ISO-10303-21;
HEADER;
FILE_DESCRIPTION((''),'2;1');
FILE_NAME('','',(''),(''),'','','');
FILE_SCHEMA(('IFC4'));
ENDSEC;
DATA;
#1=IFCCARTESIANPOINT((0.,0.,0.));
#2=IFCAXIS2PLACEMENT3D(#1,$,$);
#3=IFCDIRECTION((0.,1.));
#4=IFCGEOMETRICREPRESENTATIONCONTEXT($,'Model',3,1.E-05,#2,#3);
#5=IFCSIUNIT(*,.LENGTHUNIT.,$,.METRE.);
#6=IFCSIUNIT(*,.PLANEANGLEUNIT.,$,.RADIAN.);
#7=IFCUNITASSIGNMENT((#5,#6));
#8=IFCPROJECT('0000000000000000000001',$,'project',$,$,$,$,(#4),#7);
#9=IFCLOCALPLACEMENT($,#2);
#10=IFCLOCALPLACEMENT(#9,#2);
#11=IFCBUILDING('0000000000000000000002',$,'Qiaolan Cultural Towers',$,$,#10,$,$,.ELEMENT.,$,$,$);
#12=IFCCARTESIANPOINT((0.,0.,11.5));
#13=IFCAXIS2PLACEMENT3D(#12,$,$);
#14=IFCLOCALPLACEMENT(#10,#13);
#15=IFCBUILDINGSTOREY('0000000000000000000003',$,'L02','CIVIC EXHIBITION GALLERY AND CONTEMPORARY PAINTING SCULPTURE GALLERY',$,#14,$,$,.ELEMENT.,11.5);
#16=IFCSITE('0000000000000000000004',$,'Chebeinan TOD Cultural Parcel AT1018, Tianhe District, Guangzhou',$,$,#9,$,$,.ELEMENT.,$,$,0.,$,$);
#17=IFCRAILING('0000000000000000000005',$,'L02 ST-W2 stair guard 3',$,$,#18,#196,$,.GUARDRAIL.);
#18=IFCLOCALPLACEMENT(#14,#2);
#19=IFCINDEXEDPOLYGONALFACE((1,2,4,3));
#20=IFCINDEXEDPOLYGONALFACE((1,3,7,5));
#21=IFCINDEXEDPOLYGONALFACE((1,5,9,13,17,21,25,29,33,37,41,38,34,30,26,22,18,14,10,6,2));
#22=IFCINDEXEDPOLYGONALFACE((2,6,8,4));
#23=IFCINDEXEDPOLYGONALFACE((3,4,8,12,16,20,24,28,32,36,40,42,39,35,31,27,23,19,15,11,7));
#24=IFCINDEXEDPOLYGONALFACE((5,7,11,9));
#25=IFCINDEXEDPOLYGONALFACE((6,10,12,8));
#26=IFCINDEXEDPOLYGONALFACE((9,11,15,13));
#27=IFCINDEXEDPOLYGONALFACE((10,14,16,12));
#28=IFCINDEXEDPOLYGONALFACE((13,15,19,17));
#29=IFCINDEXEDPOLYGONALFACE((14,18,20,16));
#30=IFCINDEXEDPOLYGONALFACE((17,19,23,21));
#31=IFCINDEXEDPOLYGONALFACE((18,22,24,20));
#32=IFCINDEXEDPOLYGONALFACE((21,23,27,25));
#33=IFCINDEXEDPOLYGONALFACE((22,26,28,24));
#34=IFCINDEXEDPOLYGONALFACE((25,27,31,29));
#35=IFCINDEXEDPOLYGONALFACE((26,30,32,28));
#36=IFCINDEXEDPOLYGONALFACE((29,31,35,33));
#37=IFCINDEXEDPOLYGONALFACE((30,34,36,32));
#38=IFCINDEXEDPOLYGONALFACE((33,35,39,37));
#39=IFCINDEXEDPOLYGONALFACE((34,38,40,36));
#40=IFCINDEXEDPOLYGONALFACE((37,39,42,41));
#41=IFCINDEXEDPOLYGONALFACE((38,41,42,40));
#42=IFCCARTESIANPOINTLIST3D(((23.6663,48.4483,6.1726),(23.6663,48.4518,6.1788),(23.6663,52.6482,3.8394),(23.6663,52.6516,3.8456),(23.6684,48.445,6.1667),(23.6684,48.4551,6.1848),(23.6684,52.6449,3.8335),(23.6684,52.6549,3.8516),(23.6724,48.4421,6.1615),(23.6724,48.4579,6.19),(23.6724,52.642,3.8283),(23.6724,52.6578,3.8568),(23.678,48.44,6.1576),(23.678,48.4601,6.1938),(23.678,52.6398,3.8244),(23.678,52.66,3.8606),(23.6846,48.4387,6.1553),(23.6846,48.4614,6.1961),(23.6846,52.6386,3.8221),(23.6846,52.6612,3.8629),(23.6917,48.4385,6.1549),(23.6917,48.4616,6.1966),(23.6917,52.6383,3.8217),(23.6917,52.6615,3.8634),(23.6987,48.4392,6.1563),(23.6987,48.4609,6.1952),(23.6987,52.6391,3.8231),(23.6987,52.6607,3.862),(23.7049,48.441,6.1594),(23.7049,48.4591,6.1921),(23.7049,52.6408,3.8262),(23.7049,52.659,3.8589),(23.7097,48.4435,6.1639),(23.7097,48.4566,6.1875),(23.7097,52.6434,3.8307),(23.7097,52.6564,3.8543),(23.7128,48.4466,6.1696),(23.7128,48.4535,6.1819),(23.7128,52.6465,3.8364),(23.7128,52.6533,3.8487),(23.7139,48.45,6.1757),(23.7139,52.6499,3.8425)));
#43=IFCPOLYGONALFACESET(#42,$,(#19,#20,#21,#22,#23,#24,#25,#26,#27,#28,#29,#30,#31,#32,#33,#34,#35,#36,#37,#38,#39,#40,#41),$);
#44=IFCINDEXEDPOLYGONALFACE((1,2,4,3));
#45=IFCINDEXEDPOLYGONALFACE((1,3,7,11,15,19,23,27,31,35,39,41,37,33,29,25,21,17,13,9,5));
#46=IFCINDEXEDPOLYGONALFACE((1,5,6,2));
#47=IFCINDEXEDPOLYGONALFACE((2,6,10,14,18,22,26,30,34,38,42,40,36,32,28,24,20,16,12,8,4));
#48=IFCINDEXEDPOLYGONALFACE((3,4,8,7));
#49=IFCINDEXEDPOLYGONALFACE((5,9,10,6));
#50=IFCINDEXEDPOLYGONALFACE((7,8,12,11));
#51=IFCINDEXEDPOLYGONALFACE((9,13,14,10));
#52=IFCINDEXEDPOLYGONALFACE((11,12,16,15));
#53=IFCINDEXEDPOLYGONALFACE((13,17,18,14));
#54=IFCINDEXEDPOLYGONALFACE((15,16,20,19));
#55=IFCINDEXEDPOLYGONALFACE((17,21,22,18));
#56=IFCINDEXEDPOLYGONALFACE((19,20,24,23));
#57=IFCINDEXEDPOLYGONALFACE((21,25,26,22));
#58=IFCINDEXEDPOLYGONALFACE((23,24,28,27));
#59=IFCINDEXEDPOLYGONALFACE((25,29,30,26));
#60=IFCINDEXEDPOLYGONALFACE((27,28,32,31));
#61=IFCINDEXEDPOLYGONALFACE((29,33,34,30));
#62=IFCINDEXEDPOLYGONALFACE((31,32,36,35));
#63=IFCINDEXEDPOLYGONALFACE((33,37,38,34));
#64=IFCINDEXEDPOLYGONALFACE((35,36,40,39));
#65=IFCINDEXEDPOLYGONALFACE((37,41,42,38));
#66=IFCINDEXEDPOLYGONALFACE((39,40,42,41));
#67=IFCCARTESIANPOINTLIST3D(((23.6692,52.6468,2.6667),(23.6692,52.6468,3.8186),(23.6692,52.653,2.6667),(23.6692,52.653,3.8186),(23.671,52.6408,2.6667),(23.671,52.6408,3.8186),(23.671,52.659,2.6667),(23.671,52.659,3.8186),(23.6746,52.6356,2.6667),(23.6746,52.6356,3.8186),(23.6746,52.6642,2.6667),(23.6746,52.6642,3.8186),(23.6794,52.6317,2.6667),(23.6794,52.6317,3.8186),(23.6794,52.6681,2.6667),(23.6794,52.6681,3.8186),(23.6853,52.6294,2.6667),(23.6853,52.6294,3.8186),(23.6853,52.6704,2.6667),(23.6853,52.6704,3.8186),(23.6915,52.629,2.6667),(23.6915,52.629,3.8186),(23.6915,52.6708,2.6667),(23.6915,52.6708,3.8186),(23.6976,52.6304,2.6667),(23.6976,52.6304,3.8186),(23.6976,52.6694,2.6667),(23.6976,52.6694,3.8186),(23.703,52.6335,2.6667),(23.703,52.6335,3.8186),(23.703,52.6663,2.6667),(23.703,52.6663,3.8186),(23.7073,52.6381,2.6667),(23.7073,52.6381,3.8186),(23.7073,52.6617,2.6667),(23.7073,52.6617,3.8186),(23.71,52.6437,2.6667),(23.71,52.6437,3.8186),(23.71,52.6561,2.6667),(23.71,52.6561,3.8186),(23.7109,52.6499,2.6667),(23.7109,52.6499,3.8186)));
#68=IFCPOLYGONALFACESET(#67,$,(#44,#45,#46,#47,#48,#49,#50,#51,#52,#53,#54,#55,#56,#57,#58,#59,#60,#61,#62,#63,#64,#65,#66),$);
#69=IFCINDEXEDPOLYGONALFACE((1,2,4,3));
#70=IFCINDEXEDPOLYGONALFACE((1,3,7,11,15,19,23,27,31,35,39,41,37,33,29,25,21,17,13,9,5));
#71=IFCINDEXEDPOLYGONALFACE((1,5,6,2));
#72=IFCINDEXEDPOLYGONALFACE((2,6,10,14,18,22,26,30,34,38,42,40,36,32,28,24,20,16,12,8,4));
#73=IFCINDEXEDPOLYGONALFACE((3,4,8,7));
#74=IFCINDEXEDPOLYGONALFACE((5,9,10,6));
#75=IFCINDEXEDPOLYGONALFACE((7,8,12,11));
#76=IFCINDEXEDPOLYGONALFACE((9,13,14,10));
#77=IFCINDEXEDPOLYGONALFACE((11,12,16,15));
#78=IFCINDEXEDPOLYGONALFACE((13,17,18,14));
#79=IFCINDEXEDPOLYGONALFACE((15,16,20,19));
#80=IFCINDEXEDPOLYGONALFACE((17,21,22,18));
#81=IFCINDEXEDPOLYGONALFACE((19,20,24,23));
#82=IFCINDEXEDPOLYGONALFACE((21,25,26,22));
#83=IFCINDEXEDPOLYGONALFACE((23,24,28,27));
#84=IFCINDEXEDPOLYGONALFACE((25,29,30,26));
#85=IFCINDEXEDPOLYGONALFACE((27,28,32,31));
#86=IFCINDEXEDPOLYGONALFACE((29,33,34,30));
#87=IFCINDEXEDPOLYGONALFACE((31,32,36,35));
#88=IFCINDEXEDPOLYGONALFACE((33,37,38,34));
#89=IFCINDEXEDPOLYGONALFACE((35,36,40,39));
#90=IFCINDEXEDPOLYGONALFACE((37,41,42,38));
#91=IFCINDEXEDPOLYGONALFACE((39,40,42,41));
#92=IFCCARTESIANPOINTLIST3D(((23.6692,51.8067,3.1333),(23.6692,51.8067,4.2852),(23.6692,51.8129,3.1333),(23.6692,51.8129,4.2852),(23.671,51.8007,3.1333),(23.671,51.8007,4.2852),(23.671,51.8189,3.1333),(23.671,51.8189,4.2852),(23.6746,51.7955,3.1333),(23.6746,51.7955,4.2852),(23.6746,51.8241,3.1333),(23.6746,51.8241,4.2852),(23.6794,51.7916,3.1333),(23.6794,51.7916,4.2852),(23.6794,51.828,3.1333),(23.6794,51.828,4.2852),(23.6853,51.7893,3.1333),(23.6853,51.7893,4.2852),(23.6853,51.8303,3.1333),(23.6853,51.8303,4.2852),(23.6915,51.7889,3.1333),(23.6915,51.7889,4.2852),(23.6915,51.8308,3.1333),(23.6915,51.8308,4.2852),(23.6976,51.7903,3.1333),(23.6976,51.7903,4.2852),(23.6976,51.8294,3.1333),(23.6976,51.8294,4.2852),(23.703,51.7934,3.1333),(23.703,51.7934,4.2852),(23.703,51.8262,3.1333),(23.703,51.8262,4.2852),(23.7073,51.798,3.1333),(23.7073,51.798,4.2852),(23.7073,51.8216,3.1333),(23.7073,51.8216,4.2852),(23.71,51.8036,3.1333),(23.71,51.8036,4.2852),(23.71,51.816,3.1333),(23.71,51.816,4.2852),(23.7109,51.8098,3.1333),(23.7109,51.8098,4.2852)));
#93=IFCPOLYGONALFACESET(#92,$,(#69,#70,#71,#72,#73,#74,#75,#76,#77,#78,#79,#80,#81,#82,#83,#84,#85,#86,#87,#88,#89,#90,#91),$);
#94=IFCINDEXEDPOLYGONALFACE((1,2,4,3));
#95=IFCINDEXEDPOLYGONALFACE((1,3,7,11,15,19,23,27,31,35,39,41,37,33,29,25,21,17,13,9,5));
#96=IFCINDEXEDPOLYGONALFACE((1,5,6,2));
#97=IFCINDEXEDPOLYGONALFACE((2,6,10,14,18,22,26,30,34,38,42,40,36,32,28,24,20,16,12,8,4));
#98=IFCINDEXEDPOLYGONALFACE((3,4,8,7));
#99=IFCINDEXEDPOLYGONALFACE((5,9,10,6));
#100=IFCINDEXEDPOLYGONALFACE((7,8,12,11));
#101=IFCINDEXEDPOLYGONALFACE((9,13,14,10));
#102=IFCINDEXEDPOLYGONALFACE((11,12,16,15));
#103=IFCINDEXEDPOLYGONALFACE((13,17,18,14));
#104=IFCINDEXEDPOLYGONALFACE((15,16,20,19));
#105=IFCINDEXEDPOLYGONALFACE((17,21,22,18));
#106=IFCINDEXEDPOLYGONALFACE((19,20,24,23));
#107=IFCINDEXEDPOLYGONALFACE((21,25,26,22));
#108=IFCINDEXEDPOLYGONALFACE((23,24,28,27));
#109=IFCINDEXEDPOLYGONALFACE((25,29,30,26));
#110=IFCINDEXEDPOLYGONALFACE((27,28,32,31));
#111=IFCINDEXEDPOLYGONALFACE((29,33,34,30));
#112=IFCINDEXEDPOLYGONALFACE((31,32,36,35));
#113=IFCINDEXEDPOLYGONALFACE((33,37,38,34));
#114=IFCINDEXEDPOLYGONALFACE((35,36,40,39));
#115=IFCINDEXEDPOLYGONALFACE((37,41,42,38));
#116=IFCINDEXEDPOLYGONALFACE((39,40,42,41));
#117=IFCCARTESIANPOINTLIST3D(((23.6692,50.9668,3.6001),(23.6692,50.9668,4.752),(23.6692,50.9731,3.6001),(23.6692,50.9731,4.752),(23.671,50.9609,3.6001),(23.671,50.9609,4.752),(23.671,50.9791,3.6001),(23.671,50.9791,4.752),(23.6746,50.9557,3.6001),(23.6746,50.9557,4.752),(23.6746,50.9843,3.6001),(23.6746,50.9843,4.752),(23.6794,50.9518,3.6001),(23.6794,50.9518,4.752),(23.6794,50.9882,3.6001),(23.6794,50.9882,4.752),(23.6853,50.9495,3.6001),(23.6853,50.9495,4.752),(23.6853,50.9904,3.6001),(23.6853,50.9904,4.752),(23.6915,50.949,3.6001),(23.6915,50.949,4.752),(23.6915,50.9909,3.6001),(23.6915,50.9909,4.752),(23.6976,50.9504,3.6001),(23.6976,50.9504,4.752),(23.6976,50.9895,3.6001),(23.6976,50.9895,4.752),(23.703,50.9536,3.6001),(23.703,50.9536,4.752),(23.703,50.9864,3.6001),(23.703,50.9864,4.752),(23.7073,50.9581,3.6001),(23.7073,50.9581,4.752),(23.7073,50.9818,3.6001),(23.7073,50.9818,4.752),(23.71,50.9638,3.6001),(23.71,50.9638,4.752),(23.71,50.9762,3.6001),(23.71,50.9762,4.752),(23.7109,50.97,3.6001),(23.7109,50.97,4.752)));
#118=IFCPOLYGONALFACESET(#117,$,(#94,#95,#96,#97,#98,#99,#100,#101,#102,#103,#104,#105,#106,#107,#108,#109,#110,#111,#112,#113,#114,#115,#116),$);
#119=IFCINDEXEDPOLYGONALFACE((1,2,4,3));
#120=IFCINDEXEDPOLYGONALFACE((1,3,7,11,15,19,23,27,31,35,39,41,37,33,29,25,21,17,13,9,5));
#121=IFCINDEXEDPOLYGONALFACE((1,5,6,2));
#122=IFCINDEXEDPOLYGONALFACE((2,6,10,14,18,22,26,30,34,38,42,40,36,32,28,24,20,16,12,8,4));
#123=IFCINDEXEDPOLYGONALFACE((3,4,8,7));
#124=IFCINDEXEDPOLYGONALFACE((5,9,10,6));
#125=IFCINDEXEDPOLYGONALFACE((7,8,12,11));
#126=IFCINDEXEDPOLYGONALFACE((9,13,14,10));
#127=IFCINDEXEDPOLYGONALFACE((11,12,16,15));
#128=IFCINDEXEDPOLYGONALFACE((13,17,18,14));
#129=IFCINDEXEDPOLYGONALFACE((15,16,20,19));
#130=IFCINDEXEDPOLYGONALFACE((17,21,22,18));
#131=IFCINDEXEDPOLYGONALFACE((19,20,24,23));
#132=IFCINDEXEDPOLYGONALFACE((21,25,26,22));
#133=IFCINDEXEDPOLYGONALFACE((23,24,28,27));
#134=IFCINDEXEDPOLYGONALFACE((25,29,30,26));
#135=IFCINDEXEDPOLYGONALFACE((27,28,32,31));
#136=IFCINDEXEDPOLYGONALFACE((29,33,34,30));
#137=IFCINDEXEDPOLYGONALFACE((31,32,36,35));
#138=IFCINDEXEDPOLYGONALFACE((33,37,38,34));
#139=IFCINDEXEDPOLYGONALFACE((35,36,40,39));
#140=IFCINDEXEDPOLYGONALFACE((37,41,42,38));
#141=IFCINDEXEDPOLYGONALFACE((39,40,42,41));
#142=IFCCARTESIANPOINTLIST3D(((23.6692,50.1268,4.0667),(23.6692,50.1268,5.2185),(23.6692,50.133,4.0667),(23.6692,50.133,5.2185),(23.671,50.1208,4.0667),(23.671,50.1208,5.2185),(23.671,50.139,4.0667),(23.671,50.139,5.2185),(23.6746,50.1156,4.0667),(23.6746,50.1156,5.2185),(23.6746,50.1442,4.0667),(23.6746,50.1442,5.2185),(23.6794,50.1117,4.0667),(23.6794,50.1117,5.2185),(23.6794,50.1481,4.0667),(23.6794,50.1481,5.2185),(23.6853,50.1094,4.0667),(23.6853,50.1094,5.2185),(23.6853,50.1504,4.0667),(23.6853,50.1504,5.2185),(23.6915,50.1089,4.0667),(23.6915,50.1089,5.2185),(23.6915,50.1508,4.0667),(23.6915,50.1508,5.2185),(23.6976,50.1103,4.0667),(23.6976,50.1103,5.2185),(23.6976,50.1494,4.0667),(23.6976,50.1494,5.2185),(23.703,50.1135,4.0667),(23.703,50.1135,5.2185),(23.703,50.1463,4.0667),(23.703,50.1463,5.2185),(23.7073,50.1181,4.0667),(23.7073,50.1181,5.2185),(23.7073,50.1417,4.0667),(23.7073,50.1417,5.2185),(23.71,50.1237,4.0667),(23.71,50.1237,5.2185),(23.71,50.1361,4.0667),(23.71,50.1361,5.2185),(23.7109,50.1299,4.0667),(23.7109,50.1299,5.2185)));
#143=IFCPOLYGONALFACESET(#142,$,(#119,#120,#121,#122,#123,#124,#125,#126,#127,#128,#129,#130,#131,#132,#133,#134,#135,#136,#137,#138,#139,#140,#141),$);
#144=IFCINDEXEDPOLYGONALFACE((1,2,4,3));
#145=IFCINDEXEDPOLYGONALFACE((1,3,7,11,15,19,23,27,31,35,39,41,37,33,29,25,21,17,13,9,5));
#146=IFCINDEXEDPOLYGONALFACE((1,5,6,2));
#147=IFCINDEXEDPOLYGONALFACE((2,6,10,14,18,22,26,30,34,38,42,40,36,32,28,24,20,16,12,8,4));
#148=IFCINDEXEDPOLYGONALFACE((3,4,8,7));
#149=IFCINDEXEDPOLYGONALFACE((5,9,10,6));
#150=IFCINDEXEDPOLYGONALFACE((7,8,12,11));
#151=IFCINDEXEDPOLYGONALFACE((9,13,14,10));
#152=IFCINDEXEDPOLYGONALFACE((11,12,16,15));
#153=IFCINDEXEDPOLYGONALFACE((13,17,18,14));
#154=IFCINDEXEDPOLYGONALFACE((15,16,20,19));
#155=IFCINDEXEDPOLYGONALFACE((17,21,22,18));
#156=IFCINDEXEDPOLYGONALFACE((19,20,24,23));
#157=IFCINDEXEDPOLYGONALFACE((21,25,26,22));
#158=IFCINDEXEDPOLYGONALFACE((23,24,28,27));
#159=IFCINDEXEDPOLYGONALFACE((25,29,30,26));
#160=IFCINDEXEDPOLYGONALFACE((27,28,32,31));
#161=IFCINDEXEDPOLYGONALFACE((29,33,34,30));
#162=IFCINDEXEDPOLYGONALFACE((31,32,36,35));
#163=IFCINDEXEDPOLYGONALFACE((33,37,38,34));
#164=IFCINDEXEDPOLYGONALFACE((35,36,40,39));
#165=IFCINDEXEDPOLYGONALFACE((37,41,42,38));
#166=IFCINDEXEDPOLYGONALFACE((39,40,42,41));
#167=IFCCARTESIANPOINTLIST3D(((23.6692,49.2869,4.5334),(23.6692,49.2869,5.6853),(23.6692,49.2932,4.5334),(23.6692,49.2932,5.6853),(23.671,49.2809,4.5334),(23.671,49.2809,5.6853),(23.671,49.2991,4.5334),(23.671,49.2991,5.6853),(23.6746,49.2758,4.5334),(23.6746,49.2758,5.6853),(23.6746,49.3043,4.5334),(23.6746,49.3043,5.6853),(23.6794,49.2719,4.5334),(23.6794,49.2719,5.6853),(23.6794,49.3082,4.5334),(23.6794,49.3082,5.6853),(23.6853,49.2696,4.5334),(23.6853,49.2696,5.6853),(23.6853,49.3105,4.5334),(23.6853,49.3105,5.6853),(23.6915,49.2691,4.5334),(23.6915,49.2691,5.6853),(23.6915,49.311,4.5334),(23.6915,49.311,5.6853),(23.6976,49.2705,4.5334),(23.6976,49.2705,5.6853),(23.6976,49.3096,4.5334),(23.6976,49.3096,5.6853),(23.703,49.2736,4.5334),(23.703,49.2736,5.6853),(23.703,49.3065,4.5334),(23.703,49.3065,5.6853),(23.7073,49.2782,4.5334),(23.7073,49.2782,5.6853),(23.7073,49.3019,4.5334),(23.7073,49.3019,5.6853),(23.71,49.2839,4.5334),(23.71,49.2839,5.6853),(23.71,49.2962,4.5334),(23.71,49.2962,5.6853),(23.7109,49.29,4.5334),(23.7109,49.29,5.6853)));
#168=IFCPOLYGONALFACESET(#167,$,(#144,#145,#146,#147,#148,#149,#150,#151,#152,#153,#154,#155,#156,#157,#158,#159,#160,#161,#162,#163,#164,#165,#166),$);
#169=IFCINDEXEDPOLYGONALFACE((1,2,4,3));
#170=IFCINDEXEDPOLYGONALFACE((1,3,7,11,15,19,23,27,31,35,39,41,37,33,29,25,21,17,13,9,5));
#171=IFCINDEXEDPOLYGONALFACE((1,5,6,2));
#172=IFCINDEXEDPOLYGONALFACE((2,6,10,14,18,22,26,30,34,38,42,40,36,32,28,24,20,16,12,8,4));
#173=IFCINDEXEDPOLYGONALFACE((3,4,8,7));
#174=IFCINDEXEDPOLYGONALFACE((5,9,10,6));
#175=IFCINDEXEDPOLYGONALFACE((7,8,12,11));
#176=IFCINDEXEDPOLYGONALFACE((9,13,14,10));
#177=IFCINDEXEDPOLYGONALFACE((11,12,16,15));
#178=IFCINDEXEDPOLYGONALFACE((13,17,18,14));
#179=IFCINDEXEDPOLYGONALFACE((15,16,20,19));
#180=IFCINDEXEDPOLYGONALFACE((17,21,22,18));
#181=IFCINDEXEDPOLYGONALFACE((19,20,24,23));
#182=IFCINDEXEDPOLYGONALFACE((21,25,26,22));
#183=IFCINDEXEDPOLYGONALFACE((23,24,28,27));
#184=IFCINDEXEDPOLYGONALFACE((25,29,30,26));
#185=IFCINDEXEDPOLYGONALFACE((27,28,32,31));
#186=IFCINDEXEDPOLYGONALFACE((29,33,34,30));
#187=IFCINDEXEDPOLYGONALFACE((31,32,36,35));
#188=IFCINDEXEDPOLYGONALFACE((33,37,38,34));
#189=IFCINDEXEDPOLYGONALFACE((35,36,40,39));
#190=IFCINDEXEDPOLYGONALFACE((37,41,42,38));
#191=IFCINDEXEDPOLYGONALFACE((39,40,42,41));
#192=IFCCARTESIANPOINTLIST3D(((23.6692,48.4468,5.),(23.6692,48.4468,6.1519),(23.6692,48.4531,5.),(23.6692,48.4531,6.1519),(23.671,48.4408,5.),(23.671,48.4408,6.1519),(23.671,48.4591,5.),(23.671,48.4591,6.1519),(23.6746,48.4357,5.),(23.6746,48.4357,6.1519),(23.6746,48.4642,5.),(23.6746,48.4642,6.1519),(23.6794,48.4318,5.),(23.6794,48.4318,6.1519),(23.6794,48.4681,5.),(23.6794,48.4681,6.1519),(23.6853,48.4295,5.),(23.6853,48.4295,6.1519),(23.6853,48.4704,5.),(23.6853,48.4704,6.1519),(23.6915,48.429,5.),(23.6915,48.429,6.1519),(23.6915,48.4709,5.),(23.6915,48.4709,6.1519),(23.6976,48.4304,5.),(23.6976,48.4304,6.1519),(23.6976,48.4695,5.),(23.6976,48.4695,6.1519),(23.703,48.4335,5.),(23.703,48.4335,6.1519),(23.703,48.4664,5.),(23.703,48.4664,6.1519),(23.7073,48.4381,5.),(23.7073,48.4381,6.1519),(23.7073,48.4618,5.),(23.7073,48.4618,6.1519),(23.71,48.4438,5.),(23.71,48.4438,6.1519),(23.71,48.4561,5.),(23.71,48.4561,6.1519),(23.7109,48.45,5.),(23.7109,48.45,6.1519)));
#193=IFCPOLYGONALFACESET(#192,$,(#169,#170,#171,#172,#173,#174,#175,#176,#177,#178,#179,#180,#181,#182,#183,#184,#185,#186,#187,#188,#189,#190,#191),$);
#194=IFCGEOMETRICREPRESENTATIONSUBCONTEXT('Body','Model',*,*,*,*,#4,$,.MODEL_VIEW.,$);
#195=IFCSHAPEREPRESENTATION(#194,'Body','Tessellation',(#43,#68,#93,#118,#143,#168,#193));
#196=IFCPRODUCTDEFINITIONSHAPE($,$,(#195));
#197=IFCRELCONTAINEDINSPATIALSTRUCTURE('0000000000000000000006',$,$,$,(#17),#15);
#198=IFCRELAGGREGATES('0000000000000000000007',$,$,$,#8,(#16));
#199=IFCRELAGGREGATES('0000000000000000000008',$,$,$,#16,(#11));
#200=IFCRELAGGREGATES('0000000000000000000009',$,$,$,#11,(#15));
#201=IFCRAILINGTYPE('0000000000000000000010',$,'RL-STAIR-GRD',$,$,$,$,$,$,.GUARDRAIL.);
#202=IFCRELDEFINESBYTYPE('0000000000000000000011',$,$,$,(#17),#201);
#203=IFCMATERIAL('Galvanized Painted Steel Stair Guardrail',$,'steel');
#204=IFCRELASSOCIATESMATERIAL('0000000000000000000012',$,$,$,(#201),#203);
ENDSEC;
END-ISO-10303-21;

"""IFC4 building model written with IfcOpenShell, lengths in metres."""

from ifc_helpers import new_model, si_unit, direction, frame, origin, origin_2d, place, context, subcontext, project, spatial, circle, extrude, material, type_object, element, save


model = new_model("IFC4")

# Units and contexts
model_context = context("Model", 3, precision=1e-05, world=origin(), true_north=direction((0.0, 1.0)))
body_context = subcontext(model_context, "Body", "Model", "MODEL_VIEW")
ifc_project = project(units=[si_unit("LENGTHUNIT", "METRE"), si_unit("PLANEANGLEUNIT", "RADIAN")], contexts=[model_context])

# Site, building, storey
site_placement = place(None, origin())
site = spatial("IfcSite", under=ifc_project, at=site_placement, Name="Chebeinan TOD Cultural Parcel AT1018, Tianhe District, Guangzhou", CompositionType="ELEMENT", RefElevation=0.0)
building_placement = place(site_placement, origin())
building = spatial("IfcBuilding", under=site, at=building_placement, Name="Qiaolan Cultural Towers", CompositionType="ELEMENT")
storey_placement = place(building_placement, frame((0.0, 0.0, 11.5)))
storey = spatial("IfcBuildingStorey", under=building, at=storey_placement, Name="L02", Description="CIVIC EXHIBITION GALLERY AND CONTEMPORARY PAINTING SCULPTURE GALLERY", CompositionType="ELEMENT", Elevation=11.5)

# Railing
ifc_material_1 = material(Name="Galvanized Painted Steel Stair Guardrail", Category="steel")
railing_type_1 = type_object("IfcRailingType", Name="RL-STAIR-GRD", PredefinedType="GUARDRAIL", material=ifc_material_1)
railing_1_placement = place(storey_placement, frame((23.6899, 52.6499, 2.6667)))
element("IfcRailing", 1, at=railing_1_placement, inside=storey, type_object=railing_type_1, Name="L02 ST-W2 stair guard 3", PredefinedType="GUARDRAIL", context=body_context, shape_type="SweptSolid", body=[
    extrude(circle(Radius=0.0239, at=origin_2d()), frame((0.0, 0.0, 1.1758), z_axis=(0.0, -0.874162, 0.485634), x_axis=(1.0, 0.0, 0.0)), (0.0, 0.0, 1.0), 4.8044),
    extrude(circle(Radius=0.021, at=origin_2d()), origin(), (0.0, 0.0, 1.0), 1.1519),
    extrude(circle(Radius=0.021, at=origin_2d()), frame((0.0, -0.8401, 0.4666)), (0.0, 0.0, 1.0), 1.1519),
    extrude(circle(Radius=0.021, at=origin_2d()), frame((0.0, -1.6799, 0.9333)), (0.0, 0.0, 1.0), 1.1519),
    extrude(circle(Radius=0.021, at=origin_2d()), frame((0.0, -2.52, 1.3999)), (0.0, 0.0, 1.0), 1.1519),
    extrude(circle(Radius=0.021, at=origin_2d()), frame((0.0, -3.3599, 1.8667)), (0.0, 0.0, 1.0), 1.1519),
    extrude(circle(Radius=0.021, at=origin_2d()), frame((0.0, -4.2, 2.3333)), (0.0, 0.0, 1.0), 1.1519),
])

save(model, "model.ifc")
